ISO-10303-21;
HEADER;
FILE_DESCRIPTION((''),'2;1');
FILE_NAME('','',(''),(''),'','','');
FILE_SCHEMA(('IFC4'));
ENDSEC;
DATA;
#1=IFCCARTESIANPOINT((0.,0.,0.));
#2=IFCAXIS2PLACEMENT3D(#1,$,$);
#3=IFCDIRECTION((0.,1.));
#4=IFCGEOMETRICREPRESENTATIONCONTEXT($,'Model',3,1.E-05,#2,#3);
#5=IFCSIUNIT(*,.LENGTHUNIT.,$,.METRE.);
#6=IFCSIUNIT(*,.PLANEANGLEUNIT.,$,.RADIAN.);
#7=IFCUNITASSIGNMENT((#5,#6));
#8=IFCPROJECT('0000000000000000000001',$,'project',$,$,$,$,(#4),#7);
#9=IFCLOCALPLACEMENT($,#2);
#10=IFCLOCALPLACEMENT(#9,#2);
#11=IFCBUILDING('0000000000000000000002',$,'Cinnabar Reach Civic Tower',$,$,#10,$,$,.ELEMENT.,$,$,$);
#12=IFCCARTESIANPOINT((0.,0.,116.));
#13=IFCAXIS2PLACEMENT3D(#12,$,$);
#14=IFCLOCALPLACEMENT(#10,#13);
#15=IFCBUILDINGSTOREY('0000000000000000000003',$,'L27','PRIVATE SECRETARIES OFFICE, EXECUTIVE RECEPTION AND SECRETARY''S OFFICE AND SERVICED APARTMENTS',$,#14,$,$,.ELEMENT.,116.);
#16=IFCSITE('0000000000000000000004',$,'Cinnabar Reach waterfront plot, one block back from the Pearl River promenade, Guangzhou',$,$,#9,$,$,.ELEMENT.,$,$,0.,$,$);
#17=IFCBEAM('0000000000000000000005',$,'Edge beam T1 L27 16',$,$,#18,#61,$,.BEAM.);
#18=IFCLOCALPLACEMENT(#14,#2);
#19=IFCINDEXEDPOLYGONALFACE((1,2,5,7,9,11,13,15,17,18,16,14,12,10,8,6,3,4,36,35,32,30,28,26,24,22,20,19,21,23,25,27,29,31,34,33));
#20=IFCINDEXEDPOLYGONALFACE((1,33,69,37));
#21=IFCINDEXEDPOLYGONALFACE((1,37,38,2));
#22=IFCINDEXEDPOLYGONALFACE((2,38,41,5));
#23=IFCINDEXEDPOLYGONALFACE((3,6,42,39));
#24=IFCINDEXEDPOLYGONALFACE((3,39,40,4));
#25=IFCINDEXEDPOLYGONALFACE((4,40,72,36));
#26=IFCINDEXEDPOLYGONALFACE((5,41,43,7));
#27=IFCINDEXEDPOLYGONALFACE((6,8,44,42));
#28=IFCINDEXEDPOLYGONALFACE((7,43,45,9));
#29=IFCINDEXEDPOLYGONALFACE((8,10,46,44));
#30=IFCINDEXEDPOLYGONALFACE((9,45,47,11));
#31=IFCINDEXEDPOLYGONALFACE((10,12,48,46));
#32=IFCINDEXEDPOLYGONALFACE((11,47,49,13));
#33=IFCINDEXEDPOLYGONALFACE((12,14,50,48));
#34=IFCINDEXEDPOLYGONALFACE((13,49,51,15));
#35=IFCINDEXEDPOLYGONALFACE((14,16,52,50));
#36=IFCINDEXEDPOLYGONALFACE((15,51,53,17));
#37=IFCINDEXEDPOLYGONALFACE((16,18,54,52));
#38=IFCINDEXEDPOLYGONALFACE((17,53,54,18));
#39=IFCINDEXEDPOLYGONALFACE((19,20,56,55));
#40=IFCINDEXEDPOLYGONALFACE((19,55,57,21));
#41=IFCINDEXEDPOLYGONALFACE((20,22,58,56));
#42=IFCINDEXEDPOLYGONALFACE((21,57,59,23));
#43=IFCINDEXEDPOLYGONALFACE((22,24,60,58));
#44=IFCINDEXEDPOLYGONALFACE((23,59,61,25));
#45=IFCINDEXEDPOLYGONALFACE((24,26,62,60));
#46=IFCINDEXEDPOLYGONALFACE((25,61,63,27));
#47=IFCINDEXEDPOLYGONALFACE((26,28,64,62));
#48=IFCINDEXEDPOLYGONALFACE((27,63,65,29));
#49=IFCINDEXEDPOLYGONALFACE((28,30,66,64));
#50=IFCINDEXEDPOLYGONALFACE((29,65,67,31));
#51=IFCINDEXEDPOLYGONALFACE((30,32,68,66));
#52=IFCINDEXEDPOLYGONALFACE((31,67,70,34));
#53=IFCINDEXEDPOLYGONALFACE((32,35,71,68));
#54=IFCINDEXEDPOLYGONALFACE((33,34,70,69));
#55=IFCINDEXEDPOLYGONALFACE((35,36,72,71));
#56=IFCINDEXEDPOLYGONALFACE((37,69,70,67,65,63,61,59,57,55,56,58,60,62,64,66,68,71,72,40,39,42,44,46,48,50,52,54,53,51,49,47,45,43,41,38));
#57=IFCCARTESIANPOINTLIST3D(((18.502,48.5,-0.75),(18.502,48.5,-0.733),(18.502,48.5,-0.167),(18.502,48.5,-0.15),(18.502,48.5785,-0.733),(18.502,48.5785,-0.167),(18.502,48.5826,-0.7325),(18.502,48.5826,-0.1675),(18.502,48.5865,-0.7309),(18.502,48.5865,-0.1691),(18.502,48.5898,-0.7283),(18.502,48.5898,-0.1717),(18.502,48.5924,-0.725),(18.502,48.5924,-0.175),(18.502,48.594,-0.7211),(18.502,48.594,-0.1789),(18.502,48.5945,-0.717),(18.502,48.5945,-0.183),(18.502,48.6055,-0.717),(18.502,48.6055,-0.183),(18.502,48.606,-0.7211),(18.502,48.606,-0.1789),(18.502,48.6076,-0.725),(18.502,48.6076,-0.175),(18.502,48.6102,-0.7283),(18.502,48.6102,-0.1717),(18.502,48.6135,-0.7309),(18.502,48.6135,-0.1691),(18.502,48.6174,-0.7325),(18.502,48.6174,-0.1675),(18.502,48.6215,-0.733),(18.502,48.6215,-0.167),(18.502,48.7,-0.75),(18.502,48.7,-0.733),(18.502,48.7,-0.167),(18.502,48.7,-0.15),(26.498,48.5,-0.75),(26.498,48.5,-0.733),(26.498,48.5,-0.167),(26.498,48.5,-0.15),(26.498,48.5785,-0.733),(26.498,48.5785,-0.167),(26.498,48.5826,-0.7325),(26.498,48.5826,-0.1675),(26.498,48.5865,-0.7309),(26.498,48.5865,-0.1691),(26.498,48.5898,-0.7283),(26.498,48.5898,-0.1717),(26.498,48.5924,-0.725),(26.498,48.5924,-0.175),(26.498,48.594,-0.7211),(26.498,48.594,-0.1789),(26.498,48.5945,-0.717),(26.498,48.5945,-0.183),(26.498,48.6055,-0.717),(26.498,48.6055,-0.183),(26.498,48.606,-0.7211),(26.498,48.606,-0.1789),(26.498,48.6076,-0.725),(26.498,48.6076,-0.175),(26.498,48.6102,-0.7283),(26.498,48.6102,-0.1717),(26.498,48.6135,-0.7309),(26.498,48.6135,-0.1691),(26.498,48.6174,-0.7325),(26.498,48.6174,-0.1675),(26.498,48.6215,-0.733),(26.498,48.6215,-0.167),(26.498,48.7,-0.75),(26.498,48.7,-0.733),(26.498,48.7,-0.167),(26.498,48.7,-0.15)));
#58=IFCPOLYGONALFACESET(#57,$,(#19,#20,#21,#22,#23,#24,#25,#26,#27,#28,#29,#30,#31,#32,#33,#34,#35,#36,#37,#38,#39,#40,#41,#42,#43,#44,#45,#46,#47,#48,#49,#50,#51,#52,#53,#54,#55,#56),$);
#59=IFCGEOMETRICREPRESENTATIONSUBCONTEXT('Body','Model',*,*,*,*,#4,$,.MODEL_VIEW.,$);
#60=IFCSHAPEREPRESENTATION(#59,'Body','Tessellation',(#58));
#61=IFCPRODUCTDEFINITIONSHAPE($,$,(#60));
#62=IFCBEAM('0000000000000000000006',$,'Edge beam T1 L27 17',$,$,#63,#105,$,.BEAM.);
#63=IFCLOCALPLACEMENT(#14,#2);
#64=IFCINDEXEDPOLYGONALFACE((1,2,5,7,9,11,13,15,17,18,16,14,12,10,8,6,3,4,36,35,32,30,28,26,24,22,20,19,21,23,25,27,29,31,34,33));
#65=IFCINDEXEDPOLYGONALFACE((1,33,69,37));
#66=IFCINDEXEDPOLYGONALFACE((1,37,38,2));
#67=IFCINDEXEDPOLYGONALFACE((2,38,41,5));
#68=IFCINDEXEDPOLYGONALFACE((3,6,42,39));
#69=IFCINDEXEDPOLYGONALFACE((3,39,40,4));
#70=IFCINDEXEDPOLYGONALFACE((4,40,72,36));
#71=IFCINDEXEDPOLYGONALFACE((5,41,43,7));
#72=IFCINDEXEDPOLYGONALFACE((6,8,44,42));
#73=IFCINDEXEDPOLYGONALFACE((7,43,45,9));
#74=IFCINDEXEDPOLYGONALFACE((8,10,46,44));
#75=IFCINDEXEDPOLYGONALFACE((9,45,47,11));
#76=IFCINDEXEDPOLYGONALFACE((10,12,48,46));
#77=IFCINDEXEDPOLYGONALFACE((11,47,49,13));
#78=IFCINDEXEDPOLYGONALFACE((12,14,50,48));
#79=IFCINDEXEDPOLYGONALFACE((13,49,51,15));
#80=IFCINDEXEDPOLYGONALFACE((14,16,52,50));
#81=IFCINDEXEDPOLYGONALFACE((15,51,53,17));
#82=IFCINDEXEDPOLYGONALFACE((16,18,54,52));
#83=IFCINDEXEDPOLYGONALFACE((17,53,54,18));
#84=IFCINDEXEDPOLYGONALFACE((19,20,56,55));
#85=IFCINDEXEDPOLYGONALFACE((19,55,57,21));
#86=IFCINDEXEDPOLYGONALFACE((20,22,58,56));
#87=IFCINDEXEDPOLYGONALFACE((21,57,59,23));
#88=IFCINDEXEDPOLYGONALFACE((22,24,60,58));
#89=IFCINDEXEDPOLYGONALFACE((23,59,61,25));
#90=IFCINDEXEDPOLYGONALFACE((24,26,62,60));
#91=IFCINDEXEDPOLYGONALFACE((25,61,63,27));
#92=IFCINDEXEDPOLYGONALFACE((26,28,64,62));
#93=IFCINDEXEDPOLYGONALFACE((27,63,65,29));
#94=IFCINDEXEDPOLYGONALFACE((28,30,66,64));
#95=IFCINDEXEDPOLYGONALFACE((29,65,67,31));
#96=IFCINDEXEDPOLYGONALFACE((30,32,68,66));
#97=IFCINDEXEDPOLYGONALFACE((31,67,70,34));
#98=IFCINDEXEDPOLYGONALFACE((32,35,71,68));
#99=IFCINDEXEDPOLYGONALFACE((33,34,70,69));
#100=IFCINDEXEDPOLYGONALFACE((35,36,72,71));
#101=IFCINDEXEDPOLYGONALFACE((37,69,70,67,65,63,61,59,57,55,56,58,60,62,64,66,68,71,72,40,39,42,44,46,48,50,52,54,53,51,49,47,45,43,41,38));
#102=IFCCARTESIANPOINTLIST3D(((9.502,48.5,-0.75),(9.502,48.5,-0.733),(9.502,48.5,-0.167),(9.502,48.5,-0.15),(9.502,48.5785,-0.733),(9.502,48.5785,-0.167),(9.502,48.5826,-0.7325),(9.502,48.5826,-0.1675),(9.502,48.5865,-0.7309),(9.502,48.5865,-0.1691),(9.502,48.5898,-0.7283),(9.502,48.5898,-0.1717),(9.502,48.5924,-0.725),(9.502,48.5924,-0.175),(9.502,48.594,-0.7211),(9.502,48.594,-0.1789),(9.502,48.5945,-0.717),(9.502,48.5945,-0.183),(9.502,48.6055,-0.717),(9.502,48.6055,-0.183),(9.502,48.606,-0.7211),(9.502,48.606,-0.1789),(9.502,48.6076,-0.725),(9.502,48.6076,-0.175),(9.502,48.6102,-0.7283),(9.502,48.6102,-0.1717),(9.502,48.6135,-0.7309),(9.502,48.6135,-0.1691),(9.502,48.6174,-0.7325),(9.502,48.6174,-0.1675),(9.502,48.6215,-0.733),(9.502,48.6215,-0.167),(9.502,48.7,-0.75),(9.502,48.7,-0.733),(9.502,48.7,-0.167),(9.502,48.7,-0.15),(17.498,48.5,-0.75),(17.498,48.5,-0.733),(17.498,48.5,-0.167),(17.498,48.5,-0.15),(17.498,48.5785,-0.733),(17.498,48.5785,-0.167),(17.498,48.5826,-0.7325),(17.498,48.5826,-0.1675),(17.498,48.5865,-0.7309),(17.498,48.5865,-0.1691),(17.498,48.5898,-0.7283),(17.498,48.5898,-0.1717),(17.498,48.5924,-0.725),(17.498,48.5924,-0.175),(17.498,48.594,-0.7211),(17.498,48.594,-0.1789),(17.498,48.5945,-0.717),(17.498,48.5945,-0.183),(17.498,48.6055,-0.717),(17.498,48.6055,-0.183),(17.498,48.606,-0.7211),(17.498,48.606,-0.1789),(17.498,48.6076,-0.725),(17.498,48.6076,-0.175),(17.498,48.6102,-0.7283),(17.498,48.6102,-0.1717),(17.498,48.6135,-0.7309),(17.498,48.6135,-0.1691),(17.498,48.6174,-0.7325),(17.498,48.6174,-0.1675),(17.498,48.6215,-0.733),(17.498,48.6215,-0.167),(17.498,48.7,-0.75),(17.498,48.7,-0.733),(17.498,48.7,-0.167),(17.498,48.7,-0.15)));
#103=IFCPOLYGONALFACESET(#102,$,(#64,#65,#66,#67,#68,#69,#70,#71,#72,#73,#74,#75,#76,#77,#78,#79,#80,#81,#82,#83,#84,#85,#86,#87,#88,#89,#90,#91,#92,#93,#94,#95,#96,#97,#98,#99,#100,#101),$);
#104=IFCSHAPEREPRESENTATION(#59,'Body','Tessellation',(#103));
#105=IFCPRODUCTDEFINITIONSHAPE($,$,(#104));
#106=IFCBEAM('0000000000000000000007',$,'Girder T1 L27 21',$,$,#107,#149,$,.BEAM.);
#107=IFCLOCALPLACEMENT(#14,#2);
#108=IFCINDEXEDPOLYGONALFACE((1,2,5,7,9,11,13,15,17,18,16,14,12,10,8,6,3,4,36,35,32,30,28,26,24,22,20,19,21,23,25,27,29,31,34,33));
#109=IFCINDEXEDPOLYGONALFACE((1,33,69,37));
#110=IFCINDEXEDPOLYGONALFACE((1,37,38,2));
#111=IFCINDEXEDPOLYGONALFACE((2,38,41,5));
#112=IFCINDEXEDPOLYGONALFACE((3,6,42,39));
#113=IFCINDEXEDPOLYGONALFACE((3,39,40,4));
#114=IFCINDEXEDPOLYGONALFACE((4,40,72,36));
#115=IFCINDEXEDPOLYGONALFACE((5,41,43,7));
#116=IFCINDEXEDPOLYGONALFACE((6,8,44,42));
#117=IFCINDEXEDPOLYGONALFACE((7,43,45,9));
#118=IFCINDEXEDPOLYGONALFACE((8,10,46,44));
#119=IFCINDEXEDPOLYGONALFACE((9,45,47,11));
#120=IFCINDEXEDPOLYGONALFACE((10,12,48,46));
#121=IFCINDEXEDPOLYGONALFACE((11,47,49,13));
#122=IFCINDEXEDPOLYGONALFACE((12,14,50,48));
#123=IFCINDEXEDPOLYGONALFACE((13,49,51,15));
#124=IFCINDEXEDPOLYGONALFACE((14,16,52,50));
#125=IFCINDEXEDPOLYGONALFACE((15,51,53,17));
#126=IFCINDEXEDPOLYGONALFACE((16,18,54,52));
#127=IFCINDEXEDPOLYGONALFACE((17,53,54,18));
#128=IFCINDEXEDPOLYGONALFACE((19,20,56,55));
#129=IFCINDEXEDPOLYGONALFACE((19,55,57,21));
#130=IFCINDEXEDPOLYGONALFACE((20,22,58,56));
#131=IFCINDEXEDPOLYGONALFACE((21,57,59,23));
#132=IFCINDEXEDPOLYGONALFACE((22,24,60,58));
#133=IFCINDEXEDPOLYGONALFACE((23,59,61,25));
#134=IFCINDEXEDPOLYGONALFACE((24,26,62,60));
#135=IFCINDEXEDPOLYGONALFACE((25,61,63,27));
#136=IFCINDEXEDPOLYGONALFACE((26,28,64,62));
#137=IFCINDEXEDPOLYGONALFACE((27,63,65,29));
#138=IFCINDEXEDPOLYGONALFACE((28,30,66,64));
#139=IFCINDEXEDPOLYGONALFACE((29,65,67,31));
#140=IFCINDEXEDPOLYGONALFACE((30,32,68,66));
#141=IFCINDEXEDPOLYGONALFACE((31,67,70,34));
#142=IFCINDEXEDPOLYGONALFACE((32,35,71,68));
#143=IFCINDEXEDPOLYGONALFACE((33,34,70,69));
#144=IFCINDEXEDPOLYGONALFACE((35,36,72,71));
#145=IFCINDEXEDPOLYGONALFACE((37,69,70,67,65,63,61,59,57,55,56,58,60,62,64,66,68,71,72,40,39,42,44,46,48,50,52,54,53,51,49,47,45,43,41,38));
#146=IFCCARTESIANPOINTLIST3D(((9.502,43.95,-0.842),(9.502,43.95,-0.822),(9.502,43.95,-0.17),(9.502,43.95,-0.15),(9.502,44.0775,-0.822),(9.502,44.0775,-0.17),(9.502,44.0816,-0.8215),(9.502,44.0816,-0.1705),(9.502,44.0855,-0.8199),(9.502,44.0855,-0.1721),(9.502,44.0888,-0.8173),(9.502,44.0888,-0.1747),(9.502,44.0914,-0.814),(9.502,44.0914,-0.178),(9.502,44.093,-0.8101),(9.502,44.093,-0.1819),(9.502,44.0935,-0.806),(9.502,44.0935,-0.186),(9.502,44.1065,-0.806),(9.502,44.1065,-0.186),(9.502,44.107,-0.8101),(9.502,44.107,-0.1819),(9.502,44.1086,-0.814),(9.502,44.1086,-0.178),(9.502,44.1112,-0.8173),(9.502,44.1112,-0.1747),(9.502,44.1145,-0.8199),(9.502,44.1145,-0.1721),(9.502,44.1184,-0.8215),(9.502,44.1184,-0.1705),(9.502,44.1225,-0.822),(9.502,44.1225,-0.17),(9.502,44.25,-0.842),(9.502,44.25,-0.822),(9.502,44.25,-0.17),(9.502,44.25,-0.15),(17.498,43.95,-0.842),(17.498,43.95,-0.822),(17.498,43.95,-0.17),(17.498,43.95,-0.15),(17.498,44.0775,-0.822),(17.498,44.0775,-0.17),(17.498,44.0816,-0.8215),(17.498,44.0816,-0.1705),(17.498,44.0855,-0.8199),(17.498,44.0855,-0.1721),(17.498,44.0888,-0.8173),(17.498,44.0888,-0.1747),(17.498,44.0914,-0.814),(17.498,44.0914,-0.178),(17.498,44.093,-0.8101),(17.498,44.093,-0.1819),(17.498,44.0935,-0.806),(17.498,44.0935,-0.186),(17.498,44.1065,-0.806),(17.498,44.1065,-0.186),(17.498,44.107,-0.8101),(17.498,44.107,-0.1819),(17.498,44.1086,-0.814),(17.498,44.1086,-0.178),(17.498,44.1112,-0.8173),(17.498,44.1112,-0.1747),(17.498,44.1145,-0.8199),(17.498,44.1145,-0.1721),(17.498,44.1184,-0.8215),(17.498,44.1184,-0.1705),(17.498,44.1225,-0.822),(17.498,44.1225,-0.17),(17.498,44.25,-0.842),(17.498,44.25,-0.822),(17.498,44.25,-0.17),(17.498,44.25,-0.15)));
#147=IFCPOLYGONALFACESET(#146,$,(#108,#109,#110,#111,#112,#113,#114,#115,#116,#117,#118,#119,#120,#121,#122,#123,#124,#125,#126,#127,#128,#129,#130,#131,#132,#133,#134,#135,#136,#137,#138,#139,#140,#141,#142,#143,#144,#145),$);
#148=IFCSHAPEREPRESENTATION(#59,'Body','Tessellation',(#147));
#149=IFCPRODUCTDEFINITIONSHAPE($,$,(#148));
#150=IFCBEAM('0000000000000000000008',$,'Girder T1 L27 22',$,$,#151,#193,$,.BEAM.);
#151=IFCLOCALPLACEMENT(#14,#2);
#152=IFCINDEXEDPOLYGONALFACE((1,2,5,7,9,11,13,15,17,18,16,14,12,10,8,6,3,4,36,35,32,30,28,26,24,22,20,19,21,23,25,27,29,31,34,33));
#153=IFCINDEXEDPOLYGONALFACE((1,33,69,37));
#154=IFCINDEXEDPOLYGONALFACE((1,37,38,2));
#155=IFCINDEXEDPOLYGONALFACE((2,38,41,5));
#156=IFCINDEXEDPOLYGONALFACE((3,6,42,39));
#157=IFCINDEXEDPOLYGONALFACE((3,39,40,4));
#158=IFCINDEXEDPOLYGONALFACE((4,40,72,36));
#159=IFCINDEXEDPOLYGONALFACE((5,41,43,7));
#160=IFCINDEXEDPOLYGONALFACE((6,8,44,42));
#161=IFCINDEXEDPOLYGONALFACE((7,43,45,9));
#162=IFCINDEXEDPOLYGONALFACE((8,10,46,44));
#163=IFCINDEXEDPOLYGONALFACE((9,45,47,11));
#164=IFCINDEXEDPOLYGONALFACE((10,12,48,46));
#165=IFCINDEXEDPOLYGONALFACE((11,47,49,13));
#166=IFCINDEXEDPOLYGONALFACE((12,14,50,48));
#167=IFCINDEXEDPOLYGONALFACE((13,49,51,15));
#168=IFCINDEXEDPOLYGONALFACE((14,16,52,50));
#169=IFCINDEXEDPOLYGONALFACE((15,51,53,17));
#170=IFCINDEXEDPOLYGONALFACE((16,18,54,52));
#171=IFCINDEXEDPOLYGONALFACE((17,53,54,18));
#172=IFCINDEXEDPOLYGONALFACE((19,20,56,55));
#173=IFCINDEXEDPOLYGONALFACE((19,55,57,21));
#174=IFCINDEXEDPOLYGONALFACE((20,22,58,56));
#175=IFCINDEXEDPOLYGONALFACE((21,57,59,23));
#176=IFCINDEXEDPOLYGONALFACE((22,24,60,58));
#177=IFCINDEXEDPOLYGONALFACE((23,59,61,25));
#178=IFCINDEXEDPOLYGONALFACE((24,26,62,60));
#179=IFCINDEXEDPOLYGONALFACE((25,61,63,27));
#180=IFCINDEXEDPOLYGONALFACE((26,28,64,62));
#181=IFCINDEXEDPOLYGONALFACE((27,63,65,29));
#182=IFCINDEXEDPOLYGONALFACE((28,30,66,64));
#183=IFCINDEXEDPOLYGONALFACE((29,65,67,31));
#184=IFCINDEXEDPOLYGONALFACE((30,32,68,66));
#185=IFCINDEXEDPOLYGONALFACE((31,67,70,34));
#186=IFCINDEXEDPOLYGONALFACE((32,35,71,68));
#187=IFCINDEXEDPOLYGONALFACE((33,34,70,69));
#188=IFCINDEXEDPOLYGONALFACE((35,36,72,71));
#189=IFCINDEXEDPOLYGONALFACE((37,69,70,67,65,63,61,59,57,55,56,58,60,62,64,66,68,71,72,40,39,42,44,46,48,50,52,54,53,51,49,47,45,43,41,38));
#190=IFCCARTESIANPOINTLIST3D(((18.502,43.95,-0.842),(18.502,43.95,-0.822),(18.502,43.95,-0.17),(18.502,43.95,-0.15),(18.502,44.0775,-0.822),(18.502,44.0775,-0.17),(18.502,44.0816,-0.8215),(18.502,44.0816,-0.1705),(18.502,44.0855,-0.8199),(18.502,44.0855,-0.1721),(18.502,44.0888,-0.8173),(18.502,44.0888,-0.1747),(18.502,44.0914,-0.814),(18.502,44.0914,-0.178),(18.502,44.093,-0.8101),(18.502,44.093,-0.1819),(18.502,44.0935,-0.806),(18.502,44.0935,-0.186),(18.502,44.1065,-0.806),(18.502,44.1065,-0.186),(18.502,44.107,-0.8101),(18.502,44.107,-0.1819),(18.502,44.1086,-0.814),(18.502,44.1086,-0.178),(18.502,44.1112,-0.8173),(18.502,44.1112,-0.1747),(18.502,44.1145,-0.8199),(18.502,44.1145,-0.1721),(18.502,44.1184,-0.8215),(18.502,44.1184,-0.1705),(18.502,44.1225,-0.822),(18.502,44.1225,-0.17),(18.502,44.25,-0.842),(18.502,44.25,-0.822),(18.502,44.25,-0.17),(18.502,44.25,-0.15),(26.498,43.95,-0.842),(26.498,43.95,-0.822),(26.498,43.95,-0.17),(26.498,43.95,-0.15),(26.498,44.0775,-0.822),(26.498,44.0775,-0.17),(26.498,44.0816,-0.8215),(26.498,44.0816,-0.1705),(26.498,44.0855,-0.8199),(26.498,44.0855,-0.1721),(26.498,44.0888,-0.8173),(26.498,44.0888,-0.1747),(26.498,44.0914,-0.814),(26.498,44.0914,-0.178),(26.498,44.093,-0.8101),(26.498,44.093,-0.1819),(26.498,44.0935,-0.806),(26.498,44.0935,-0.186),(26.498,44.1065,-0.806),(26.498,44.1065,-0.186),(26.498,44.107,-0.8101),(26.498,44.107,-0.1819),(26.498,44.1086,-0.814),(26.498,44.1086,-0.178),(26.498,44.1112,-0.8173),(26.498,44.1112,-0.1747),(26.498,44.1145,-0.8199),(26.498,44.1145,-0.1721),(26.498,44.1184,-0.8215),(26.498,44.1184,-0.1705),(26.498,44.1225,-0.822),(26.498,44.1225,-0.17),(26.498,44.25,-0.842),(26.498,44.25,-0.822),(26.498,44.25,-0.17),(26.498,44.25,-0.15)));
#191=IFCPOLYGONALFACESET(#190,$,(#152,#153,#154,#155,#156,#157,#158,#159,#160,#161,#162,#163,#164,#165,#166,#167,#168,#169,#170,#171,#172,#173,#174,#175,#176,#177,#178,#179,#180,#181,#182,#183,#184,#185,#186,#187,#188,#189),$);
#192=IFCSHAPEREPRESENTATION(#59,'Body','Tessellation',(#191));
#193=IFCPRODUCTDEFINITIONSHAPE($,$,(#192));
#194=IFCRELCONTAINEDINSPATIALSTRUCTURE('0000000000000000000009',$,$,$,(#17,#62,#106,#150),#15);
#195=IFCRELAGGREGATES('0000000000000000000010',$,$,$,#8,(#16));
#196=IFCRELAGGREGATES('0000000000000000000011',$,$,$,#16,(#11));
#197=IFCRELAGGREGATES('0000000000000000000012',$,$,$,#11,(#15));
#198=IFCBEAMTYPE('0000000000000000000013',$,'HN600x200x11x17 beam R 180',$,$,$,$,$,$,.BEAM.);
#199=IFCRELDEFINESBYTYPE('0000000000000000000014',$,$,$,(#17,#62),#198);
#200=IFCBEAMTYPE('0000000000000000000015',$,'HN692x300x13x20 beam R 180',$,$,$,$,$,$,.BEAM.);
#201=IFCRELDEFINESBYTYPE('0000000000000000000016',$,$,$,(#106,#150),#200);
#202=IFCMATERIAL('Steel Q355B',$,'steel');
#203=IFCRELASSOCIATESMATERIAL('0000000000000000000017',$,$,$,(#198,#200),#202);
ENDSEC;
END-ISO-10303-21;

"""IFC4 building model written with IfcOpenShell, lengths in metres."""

from ifc_helpers import new_model, si_unit, direction, frame, origin, origin_2d, place, context, subcontext, project, spatial, i_section, extrude, material, material_profile, profile_set, type_object, element, save


model = new_model("IFC4")

# Units and contexts
model_context = context("Model", 3, precision=1e-05, world=origin(), true_north=direction((0.0, 1.0)))
body_context = subcontext(model_context, "Body", "Model", "MODEL_VIEW")
ifc_project = project(units=[si_unit("LENGTHUNIT", "METRE"), si_unit("PLANEANGLEUNIT", "RADIAN")], contexts=[model_context])

# Site, building, storey
site_placement = place(None, origin())
site = spatial("IfcSite", under=ifc_project, at=site_placement, Name="Cinnabar Reach waterfront plot, one block back from the Pearl River promenade, Guangzhou", CompositionType="ELEMENT", RefElevation=0.0)
building_placement = place(site_placement, origin())
building = spatial("IfcBuilding", under=site, at=building_placement, Name="Cinnabar Reach Civic Tower", CompositionType="ELEMENT")
storey_placement = place(building_placement, frame((0.0, 0.0, 116.0)))
storey = spatial("IfcBuildingStorey", under=building, at=storey_placement, Name="L27", Description="PRIVATE SECRETARIES OFFICE, EXECUTIVE RECEPTION AND SECRETARY'S OFFICE AND SERVICED APARTMENTS", CompositionType="ELEMENT", Elevation=116.0)

# Beams
ifc_material_1 = material(Name="Steel Q355B", Category="steel")
ifc_material_profile_1 = material_profile(ifc_material_1, i_section(OverallWidth=0.2, OverallDepth=0.6, WebThickness=0.011, FlangeThickness=0.017, FilletRadius=0.016, at=origin_2d()), Name="HN600x200x11x17")
ifc_profile_set_1 = profile_set([ifc_material_profile_1], Name="Steel Q355B")
beam_type_1 = type_object("IfcBeamType", Name="HN600x200x11x17 beam R 180", PredefinedType="BEAM", material=ifc_profile_set_1)
for number, where, z_axis, x_axis, name in (
    (1, (26.498, 48.6, -0.45), (-1.0, 0.0, 0.0), (0.0, -1.0, 0.0), "Edge beam T1 L27 16"),
    (2, (17.498, 48.6, -0.45), (-1.0, 0.0, 0.0), (0.0, -1.0, 0.0), "Edge beam T1 L27 17"),
):
    element("IfcBeam", number, at=place(storey_placement, frame(where, z_axis=z_axis, x_axis=x_axis)), inside=storey, type_object=beam_type_1, Name=name, PredefinedType="BEAM", context=body_context, shape_type="SweptSolid", body=[
        extrude(i_section(OverallWidth=0.2, OverallDepth=0.6, WebThickness=0.011, FlangeThickness=0.017, FilletRadius=0.016, at=origin_2d()), origin(), (0.0, 0.0, 1.0), 7.996),
    ])
ifc_material_profile_2 = material_profile(ifc_material_1, i_section(OverallWidth=0.3, OverallDepth=0.692, WebThickness=0.013, FlangeThickness=0.02, FilletRadius=0.016, at=origin_2d()), Name="HN692x300x13x20")
ifc_profile_set_2 = profile_set([ifc_material_profile_2], Name="Steel Q355B")
beam_type_2 = type_object("IfcBeamType", Name="HN692x300x13x20 beam R 180", PredefinedType="BEAM", material=ifc_profile_set_2)
for number, where, z_axis, x_axis, name in (
    (3, (9.502, 44.1, -0.496), (1.0, 0.0, 0.0), (0.0, 1.0, 0.0), "Girder T1 L27 21"),
    (4, (18.502, 44.1, -0.496), (1.0, 0.0, 0.0), (0.0, 1.0, 0.0), "Girder T1 L27 22"),
):
    element("IfcBeam", number, at=place(storey_placement, frame(where, z_axis=z_axis, x_axis=x_axis)), inside=storey, type_object=beam_type_2, Name=name, PredefinedType="BEAM", context=body_context, shape_type="SweptSolid", body=[
        extrude(i_section(OverallWidth=0.3, OverallDepth=0.692, WebThickness=0.013, FlangeThickness=0.02, FilletRadius=0.016, at=origin_2d()), origin(), (0.0, 0.0, 1.0), 7.996),
    ])

save(model, "model.ifc")
